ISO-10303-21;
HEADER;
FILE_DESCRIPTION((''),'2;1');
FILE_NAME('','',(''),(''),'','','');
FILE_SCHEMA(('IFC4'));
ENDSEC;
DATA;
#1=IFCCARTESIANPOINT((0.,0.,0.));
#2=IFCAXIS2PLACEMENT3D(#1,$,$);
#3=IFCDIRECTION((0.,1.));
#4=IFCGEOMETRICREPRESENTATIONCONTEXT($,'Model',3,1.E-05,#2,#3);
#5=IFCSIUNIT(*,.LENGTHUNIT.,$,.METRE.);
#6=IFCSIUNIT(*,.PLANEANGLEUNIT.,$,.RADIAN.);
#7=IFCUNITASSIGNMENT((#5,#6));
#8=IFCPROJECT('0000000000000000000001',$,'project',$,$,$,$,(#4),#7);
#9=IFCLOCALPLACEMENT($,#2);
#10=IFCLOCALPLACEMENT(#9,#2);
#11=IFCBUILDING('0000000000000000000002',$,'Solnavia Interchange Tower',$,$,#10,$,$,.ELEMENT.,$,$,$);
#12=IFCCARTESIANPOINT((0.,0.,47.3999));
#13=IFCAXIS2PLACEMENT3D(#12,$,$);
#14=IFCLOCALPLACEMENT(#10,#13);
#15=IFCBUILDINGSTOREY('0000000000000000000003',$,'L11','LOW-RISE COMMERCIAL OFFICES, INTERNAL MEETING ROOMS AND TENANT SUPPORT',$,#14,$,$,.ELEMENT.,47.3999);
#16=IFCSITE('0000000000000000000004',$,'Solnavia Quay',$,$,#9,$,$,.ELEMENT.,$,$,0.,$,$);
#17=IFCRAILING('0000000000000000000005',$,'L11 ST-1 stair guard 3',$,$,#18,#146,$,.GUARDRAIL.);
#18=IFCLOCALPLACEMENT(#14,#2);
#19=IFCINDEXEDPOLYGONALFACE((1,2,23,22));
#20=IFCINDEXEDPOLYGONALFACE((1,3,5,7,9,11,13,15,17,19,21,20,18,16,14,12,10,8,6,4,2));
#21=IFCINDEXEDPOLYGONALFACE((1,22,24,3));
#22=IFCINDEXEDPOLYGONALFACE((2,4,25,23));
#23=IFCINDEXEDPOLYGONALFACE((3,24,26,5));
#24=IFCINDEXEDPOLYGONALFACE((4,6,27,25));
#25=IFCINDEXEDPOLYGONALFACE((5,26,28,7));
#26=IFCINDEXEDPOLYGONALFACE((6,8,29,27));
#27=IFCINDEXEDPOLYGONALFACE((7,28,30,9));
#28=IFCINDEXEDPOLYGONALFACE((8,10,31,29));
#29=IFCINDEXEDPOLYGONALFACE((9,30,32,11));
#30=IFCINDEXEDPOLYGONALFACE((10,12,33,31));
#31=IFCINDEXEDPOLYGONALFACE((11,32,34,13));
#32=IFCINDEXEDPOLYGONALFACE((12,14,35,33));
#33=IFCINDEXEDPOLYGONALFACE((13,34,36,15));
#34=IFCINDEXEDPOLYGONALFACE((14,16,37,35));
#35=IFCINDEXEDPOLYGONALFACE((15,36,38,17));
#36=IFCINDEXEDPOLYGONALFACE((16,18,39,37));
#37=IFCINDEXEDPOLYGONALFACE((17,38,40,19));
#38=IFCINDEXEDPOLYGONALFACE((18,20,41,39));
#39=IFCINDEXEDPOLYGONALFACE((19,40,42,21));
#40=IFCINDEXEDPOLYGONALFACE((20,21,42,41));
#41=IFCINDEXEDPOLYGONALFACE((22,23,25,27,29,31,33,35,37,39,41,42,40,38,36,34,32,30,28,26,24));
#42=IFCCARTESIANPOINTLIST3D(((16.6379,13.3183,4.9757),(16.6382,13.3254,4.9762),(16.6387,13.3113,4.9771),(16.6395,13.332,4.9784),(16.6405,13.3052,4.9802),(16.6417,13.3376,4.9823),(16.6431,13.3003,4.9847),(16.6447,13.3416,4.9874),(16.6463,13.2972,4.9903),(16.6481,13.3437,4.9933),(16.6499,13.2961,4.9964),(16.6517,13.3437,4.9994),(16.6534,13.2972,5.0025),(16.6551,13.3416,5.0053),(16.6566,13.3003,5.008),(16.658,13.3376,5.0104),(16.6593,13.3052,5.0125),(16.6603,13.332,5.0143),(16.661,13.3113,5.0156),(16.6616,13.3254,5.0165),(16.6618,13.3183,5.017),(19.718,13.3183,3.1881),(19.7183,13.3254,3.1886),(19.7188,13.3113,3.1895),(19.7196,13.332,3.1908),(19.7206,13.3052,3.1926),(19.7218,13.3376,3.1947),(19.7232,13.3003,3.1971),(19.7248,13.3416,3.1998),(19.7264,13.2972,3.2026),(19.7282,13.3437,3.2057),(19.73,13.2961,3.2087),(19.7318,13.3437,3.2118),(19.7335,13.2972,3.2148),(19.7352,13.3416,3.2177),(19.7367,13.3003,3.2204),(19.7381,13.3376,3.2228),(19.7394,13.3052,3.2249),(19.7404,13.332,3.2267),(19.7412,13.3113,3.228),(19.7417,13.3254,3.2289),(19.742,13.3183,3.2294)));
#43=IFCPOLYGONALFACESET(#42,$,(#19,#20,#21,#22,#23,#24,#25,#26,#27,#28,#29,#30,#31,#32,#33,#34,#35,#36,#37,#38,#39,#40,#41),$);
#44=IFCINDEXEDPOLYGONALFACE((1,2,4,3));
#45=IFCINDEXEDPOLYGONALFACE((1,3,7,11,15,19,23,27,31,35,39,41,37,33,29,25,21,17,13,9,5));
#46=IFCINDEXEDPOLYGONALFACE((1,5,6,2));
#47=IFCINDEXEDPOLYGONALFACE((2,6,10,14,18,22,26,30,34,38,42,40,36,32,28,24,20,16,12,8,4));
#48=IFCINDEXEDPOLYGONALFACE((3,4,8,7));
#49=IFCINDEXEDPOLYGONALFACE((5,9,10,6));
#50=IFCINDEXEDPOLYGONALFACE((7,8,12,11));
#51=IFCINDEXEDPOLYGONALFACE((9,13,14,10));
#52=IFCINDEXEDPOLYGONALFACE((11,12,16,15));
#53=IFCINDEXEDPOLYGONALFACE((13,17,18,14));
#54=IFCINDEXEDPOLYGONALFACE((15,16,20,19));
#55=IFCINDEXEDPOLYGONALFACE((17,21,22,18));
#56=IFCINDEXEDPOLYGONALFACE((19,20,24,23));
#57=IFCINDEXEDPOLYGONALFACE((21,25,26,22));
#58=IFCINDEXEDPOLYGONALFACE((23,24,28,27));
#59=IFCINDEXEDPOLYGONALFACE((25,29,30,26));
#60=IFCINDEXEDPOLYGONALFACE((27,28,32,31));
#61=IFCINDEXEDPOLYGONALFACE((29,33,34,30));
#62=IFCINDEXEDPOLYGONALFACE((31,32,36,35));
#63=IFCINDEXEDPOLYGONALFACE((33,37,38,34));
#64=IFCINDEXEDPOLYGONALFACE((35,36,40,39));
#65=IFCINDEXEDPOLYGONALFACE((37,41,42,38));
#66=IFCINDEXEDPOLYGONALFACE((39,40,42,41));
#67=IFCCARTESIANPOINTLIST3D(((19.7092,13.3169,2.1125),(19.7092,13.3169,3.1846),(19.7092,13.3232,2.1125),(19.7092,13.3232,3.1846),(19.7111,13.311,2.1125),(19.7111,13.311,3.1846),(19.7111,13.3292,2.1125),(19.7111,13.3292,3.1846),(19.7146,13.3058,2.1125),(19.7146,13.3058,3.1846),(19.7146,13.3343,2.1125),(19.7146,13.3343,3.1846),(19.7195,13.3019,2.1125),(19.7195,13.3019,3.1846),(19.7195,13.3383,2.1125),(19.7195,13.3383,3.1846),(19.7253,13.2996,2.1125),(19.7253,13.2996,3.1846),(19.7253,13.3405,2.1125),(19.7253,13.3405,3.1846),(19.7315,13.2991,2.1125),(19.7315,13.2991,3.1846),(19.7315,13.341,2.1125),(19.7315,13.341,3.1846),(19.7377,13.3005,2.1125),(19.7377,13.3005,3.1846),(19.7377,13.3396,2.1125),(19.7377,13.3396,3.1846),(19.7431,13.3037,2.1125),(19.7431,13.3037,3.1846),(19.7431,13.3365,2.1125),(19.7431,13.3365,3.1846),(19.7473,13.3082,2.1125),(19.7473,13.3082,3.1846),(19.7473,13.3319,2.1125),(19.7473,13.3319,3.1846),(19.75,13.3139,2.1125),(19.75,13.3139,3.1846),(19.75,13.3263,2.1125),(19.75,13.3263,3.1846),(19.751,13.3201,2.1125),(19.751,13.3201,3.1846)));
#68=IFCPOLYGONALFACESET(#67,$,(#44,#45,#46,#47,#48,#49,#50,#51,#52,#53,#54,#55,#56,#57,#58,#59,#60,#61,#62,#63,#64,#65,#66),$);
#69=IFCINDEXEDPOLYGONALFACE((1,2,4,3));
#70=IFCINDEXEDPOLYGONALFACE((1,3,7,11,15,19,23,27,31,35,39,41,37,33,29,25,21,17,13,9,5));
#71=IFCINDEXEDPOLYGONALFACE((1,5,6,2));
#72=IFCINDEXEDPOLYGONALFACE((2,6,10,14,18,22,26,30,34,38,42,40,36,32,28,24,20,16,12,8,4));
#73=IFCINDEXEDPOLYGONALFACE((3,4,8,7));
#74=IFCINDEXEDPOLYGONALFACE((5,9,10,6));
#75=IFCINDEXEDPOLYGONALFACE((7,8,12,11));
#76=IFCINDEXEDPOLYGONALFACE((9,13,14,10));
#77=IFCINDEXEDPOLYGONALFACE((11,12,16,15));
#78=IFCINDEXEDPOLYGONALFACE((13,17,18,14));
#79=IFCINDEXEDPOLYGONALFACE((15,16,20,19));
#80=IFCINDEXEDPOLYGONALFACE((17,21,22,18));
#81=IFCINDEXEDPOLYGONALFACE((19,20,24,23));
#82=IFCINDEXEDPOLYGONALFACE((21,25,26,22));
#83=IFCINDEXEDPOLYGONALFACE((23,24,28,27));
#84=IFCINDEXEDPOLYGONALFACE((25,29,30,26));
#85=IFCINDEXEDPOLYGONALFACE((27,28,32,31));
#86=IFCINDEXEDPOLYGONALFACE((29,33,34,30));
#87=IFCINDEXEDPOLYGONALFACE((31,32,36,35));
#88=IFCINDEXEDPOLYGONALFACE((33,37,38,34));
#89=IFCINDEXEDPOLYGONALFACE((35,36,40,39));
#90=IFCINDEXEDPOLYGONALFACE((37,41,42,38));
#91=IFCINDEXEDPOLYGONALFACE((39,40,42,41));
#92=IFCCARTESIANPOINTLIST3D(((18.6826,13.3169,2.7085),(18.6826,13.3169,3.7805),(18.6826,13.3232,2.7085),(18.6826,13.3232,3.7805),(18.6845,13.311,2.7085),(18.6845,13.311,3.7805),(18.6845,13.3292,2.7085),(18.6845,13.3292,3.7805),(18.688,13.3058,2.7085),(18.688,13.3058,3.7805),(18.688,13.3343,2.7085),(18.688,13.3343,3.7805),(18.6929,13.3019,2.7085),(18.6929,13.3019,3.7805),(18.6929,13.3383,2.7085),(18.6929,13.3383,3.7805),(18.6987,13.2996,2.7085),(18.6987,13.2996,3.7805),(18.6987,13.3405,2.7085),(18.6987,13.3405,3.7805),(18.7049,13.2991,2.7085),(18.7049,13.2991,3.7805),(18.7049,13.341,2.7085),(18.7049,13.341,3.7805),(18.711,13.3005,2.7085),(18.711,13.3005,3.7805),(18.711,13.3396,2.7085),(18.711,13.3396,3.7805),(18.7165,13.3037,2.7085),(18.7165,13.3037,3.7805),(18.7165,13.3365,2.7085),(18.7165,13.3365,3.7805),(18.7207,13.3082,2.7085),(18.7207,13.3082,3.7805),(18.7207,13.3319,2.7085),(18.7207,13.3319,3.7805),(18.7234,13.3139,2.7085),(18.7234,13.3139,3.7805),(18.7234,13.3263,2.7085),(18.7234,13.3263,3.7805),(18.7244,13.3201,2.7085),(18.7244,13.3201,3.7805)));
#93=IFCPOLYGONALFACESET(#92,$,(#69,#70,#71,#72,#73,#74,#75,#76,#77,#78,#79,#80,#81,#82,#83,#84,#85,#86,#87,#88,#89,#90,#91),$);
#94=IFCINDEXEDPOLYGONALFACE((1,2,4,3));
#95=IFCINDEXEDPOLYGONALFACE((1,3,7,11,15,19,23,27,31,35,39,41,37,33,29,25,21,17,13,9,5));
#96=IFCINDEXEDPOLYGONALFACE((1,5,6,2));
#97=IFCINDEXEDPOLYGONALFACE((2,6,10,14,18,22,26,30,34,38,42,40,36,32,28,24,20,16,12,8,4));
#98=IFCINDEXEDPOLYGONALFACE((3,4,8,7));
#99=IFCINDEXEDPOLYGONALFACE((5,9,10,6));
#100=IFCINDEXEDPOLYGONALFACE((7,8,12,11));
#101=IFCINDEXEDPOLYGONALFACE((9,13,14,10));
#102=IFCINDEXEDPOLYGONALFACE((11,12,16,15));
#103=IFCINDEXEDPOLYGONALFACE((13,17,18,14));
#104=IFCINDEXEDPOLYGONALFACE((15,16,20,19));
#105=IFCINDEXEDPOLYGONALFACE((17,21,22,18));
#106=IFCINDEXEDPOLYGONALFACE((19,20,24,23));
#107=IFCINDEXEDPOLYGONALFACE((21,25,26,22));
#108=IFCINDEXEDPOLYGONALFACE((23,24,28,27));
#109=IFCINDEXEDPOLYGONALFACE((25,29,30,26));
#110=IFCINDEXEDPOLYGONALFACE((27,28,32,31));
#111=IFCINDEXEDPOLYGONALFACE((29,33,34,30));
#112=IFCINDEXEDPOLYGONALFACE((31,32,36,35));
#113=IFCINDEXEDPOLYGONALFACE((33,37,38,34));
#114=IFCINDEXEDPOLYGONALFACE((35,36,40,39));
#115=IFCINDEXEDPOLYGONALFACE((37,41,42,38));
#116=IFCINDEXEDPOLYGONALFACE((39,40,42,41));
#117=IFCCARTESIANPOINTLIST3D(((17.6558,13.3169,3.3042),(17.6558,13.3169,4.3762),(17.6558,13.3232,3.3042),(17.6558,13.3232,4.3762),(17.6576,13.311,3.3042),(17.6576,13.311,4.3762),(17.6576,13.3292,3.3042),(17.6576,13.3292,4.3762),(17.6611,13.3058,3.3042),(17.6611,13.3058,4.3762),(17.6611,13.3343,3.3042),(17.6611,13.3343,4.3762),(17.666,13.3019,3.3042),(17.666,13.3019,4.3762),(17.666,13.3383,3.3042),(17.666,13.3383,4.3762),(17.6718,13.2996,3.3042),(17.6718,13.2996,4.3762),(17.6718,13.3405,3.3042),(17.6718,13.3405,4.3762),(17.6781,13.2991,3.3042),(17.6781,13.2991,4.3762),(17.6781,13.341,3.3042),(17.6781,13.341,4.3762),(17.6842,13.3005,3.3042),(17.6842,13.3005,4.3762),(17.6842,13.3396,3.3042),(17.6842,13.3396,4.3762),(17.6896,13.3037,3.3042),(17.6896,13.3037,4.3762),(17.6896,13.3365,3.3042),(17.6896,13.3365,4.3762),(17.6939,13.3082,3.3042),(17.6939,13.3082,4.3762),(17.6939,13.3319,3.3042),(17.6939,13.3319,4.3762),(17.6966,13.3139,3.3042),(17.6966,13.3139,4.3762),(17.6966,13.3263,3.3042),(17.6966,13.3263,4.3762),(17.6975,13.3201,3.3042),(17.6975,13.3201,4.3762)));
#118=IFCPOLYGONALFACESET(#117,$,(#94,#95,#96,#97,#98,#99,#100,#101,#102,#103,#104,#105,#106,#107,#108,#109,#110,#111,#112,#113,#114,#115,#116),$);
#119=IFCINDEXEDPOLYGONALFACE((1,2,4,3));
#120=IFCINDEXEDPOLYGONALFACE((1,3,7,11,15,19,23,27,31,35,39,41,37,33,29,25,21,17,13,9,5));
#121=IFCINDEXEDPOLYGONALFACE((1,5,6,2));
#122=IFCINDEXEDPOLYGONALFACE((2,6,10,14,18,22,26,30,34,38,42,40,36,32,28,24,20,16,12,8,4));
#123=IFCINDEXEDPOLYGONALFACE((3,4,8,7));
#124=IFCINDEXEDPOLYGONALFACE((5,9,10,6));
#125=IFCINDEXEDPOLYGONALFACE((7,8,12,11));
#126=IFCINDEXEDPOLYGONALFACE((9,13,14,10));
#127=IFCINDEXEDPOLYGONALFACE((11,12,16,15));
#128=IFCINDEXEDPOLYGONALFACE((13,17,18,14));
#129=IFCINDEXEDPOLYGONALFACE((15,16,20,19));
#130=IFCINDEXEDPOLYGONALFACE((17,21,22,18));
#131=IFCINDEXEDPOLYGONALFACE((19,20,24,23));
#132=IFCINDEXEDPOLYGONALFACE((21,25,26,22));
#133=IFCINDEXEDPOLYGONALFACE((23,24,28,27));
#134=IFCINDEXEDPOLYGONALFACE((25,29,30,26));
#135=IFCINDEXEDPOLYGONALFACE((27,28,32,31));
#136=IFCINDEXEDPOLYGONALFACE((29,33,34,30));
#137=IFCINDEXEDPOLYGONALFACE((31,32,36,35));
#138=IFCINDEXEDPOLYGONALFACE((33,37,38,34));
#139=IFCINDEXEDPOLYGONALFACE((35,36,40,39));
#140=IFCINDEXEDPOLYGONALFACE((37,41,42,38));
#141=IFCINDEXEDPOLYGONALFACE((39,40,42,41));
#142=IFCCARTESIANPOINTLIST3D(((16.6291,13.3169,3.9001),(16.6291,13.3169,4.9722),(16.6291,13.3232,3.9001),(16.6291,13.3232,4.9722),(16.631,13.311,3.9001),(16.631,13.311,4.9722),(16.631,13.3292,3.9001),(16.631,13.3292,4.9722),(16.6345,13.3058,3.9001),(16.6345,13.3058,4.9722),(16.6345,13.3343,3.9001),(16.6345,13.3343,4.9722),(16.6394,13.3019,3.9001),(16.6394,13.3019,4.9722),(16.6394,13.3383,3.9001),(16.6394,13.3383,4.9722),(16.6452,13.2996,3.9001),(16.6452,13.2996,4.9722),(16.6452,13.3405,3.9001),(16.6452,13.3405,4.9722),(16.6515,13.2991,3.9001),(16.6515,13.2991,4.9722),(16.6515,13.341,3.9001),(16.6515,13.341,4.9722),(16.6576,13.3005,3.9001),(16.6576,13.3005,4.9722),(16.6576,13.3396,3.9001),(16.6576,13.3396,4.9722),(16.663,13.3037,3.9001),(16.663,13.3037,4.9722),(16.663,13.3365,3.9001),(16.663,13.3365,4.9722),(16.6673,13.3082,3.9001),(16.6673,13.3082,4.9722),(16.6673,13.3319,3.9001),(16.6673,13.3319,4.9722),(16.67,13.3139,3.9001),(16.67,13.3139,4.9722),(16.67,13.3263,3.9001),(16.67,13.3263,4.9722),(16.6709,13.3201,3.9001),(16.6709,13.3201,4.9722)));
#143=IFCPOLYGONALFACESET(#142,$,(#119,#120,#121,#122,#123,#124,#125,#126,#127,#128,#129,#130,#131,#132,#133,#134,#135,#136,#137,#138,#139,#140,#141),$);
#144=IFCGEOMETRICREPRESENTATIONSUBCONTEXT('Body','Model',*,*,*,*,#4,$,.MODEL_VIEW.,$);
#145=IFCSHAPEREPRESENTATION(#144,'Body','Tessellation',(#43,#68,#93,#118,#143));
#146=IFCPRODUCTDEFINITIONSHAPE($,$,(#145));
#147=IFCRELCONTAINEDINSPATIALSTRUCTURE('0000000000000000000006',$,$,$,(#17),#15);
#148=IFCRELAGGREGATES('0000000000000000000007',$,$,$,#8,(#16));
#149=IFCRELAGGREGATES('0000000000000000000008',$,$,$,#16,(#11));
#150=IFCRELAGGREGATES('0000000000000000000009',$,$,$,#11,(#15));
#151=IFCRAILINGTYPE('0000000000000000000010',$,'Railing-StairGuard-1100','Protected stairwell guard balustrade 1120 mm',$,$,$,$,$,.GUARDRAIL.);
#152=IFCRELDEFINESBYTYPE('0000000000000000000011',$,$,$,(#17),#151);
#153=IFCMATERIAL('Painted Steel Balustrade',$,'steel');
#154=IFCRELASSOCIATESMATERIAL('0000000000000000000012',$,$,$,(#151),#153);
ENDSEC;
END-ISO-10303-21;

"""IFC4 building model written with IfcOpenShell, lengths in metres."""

from ifc_helpers import new_model, si_unit, direction, frame, origin, origin_2d, place, context, subcontext, project, spatial, circle, extrude, material, type_object, element, save


model = new_model("IFC4")

# Units and contexts
model_context = context("Model", 3, precision=1e-05, world=origin(), true_north=direction((0.0, 1.0)))
body_context = subcontext(model_context, "Body", "Model", "MODEL_VIEW")
ifc_project = project(units=[si_unit("LENGTHUNIT", "METRE"), si_unit("PLANEANGLEUNIT", "RADIAN")], contexts=[model_context])

# Site, building, storey
site_placement = place(None, origin())
site = spatial("IfcSite", under=ifc_project, at=site_placement, Name="Solnavia Quay", CompositionType="ELEMENT", RefElevation=0.0)
building_placement = place(site_placement, origin())
building = spatial("IfcBuilding", under=site, at=building_placement, Name="Solnavia Interchange Tower", CompositionType="ELEMENT")
storey_placement = place(building_placement, frame((0.0, 0.0, 47.3999)))
storey = spatial("IfcBuildingStorey", under=building, at=storey_placement, Name="L11", Description="LOW-RISE COMMERCIAL OFFICES, INTERNAL MEETING ROOMS AND TENANT SUPPORT", CompositionType="ELEMENT", Elevation=47.3999)

# Railing
ifc_material_1 = material(Name="Painted Steel Balustrade", Category="steel")
railing_type_1 = type_object("IfcRailingType", Name="Railing-StairGuard-1100", Description="Protected stairwell guard balustrade 1120 mm", PredefinedType="GUARDRAIL", material=ifc_material_1)
railing_1_placement = place(storey_placement, frame((19.73, 13.3201, 2.1125)))
element("IfcRailing", 1, at=railing_1_placement, inside=storey, type_object=railing_type_1, Name="L11 ST-1 stair guard 3", PredefinedType="GUARDRAIL", context=body_context, shape_type="SweptSolid", body=[
    extrude(circle(Radius=0.0239, at=origin_2d()), frame((0.0, 0.0, 1.0962), z_axis=(-0.864891, 0.0, 0.50196), x_axis=(0.0, -1.0, 0.0)), (0.0, 0.0, 1.0), 3.5613),
    extrude(circle(Radius=0.021, at=origin_2d()), origin(), (0.0, 0.0, 1.0), 1.072),
    extrude(circle(Radius=0.021, at=origin_2d()), frame((-1.0266, 0.0, 0.5959)), (0.0, 0.0, 1.0), 1.072),
    extrude(circle(Radius=0.021, at=origin_2d()), frame((-2.0535, 0.0, 1.1917)), (0.0, 0.0, 1.0), 1.072),
    extrude(circle(Radius=0.021, at=origin_2d()), frame((-3.0801, 0.0, 1.7876)), (0.0, 0.0, 1.0), 1.072),
])

save(model, "model.ifc")
